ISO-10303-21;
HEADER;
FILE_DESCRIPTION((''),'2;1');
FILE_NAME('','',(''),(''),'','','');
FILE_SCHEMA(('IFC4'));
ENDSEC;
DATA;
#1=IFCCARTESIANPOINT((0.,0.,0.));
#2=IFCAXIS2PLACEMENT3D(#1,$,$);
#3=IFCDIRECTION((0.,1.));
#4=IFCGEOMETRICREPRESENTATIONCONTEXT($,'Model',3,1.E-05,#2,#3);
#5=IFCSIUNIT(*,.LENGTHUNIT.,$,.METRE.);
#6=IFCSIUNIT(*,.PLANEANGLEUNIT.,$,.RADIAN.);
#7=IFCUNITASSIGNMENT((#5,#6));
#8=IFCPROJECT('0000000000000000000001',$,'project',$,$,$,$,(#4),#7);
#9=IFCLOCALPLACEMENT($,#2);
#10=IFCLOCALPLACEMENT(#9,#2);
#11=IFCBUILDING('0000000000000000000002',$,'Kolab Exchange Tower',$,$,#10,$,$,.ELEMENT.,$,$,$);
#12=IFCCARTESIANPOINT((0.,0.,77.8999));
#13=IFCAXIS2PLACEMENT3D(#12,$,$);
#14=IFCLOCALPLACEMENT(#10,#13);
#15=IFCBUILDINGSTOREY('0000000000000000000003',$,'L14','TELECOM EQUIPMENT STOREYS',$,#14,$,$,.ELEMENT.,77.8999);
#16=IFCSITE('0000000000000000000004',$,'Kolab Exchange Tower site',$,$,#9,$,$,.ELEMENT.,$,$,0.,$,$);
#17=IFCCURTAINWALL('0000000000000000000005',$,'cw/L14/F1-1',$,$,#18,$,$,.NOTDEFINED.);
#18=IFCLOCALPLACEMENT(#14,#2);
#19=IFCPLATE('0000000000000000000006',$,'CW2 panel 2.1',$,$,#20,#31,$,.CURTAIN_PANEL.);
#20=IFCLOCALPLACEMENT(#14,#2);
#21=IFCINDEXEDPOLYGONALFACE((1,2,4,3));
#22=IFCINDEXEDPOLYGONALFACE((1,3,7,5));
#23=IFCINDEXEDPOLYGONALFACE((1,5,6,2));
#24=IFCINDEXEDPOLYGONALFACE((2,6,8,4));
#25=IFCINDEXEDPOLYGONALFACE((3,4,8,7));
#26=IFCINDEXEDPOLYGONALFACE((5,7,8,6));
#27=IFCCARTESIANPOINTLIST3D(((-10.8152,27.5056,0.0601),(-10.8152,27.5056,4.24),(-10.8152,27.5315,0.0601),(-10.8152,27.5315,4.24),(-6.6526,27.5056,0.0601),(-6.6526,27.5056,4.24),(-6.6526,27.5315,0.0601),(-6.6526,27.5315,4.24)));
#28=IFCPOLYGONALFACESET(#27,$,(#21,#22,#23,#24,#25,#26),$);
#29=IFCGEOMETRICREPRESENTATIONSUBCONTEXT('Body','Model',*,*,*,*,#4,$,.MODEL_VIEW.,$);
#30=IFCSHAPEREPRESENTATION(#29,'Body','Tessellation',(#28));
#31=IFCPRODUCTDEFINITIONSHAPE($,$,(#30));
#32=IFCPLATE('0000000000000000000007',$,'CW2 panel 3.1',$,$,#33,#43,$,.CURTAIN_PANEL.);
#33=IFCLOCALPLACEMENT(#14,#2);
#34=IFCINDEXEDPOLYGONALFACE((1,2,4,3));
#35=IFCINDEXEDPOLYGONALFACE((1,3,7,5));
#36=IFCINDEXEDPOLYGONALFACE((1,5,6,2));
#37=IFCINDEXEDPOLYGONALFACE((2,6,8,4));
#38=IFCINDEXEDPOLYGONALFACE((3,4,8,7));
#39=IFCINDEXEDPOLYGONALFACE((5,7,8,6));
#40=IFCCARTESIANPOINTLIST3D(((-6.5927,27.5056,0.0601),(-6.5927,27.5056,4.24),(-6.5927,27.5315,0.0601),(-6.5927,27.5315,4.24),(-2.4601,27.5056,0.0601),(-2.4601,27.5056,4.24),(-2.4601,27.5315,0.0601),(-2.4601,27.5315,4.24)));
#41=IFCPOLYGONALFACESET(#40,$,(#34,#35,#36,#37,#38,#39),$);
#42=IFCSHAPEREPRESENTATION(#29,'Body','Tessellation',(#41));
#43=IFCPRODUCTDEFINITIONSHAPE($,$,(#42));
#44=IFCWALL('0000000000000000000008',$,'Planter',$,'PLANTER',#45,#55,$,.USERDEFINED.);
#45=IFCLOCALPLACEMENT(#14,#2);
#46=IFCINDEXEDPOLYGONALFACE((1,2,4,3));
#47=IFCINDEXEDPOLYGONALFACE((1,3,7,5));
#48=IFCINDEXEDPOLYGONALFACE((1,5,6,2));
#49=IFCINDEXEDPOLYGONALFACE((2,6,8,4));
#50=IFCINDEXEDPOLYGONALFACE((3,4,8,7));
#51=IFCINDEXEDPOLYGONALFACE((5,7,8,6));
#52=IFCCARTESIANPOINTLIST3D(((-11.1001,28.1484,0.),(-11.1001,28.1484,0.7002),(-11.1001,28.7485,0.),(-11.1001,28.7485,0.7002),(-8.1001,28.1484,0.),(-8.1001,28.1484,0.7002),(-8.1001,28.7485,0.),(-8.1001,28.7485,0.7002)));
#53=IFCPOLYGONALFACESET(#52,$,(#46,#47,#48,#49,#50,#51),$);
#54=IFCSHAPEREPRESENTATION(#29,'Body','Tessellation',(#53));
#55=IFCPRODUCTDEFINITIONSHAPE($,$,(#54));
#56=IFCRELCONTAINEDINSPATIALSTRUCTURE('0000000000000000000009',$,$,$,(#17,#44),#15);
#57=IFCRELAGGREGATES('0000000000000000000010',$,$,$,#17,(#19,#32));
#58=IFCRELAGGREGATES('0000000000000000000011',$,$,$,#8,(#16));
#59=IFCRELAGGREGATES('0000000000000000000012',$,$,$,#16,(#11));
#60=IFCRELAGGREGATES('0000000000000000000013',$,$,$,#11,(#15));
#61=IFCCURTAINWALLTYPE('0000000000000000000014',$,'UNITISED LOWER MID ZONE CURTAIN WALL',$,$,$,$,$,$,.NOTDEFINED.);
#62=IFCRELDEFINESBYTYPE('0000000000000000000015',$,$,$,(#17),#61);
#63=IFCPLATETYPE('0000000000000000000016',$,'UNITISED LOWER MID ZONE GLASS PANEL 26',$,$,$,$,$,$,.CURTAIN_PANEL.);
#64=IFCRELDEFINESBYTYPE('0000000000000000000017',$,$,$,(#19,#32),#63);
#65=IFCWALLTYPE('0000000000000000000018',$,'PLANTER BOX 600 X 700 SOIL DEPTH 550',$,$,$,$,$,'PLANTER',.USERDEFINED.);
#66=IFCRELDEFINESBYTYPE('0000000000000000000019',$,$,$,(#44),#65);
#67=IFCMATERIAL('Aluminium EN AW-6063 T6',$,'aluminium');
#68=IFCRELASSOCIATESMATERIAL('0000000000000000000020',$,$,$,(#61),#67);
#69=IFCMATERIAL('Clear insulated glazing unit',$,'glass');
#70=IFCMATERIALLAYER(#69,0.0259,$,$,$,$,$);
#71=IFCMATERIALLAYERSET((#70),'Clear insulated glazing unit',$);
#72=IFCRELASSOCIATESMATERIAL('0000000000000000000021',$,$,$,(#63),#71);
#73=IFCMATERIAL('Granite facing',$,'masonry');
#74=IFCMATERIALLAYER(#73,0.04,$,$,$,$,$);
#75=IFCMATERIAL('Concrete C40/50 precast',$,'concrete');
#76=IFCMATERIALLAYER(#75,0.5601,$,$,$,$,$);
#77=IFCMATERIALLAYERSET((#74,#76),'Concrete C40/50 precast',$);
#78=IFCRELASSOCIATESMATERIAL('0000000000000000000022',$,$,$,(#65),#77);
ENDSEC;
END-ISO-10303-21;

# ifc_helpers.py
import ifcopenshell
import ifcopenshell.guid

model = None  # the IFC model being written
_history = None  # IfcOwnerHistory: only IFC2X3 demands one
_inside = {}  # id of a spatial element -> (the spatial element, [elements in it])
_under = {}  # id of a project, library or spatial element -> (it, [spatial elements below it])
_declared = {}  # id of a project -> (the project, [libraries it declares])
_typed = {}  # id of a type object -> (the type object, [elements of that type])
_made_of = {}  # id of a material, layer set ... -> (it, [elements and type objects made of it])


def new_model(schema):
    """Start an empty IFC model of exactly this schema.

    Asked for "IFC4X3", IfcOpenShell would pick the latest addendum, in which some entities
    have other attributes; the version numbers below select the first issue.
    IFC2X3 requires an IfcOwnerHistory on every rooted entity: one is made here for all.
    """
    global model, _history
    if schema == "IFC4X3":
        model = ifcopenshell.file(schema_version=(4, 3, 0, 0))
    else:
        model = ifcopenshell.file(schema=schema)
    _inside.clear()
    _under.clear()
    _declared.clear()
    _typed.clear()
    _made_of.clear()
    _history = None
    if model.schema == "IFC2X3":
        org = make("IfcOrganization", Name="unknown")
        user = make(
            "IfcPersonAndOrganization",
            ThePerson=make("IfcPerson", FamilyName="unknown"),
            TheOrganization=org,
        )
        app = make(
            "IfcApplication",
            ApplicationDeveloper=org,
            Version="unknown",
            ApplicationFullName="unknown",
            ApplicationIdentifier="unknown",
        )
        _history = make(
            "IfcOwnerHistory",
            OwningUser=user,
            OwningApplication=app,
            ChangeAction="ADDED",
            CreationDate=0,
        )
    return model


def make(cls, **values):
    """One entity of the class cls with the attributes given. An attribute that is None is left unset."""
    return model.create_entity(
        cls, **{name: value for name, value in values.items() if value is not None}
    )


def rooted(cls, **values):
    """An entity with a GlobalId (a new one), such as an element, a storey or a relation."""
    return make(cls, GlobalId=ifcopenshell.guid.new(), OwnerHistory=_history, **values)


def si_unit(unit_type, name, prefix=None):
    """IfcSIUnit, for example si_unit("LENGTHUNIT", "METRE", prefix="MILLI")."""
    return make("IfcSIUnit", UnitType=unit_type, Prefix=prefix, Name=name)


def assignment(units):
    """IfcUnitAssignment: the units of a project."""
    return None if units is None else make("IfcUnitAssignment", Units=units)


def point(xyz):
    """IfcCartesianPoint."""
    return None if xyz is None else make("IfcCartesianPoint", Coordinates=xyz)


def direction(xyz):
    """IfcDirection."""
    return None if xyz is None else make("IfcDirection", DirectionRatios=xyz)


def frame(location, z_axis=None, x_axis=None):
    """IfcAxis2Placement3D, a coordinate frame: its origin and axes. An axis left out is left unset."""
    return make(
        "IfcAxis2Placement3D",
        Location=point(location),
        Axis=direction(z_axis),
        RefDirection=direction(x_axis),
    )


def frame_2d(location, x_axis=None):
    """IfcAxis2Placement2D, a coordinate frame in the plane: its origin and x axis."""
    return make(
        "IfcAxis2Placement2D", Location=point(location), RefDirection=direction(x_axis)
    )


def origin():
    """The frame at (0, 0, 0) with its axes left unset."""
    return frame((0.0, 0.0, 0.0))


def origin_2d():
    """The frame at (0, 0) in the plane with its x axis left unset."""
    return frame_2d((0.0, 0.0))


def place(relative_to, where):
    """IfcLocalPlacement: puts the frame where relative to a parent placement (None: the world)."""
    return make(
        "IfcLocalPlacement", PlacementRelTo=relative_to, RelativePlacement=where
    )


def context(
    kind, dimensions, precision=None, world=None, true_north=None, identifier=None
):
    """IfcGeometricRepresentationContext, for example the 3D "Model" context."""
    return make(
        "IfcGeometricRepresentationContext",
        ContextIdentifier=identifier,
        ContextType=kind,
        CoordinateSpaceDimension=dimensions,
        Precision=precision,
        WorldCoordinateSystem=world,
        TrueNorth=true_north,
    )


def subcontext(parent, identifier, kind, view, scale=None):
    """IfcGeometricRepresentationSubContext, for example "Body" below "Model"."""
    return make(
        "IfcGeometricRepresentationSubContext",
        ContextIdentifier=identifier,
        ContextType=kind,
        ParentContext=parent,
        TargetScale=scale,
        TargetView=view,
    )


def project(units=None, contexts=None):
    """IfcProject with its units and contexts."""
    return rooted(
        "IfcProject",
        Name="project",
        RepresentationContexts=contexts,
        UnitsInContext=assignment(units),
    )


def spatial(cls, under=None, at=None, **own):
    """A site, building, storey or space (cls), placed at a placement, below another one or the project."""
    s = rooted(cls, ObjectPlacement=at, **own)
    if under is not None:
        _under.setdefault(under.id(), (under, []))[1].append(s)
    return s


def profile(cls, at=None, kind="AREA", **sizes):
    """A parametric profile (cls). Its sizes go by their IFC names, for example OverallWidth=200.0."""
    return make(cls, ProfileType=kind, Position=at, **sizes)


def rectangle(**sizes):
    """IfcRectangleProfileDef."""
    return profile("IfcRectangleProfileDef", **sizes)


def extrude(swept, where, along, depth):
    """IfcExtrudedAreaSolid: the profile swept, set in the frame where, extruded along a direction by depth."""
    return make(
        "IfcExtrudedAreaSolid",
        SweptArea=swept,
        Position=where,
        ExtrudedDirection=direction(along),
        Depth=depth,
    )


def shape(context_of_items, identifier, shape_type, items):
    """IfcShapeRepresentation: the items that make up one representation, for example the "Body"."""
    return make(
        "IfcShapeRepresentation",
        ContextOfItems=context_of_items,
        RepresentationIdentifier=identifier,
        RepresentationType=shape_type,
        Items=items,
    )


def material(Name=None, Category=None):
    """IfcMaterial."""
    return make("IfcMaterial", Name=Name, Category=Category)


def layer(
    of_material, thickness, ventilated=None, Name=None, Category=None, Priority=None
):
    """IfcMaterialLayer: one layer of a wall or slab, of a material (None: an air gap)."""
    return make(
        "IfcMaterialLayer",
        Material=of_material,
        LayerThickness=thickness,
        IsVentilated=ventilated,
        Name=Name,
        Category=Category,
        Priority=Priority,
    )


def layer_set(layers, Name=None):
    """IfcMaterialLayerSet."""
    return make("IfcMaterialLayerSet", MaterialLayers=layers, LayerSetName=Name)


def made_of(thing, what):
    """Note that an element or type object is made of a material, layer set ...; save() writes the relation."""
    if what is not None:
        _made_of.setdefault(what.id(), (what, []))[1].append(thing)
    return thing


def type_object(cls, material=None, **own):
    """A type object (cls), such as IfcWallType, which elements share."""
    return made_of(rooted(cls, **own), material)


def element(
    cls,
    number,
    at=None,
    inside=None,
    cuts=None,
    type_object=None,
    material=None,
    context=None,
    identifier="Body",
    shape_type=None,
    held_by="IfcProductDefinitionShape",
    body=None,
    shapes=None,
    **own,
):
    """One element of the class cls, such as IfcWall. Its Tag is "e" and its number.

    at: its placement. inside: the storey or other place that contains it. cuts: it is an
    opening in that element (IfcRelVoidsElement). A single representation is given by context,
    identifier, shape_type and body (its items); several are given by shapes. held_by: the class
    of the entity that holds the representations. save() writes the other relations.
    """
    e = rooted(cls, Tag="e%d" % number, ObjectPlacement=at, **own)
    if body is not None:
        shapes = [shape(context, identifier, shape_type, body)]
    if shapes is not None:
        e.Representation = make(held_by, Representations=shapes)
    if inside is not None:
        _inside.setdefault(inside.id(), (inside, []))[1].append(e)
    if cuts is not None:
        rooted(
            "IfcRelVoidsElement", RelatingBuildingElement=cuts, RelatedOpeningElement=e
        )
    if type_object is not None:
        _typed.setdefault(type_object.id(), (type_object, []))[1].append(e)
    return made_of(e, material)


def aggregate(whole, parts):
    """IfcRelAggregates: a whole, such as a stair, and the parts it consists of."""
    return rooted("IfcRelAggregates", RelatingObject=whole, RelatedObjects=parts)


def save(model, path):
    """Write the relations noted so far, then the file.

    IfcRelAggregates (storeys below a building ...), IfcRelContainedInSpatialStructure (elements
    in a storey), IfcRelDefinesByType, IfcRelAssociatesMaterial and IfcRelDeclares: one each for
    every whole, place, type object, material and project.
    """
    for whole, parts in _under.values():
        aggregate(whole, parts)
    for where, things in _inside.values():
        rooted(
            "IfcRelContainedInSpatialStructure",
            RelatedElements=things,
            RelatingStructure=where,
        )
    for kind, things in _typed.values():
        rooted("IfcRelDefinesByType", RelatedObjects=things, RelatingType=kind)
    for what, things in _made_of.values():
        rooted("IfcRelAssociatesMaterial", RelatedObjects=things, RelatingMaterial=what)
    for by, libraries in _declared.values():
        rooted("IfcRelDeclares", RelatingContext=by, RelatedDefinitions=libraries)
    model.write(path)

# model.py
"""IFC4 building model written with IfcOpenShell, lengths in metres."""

from ifc_helpers import new_model, si_unit, direction, frame, frame_2d, origin, origin_2d, place, context, subcontext, project, spatial, rectangle, extrude, material, layer, layer_set, type_object, element, aggregate, save


model = new_model("IFC4")

# Units and contexts
model_context = context("Model", 3, precision=1e-05, world=origin(), true_north=direction((0.0, 1.0)))
body_context = subcontext(model_context, "Body", "Model", "MODEL_VIEW")
ifc_project = project(units=[si_unit("LENGTHUNIT", "METRE"), si_unit("PLANEANGLEUNIT", "RADIAN")], contexts=[model_context])

# Site, building, storey
site_placement = place(None, origin())
site = spatial("IfcSite", under=ifc_project, at=site_placement, Name="Kolab Exchange Tower site", CompositionType="ELEMENT", RefElevation=0.0)
building_placement = place(site_placement, origin())
building = spatial("IfcBuilding", under=site, at=building_placement, Name="Kolab Exchange Tower", CompositionType="ELEMENT")
storey_placement = place(building_placement, frame((0.0, 0.0, 77.8999)))
storey = spatial("IfcBuildingStorey", under=building, at=storey_placement, Name="L14", Description="TELECOM EQUIPMENT STOREYS", CompositionType="ELEMENT", Elevation=77.8999)

# Curtain wall, plates
ifc_material_1 = material(Name="Aluminium EN AW-6063 T6", Category="aluminium")
curtain_wall_type = type_object("IfcCurtainWallType", Name="UNITISED LOWER MID ZONE CURTAIN WALL", PredefinedType="NOTDEFINED", material=ifc_material_1)
curtain_wall_placement = place(storey_placement, origin())
curtain_wall = element("IfcCurtainWall", 1, at=curtain_wall_placement, inside=storey, type_object=curtain_wall_type, Name="cw/L14/F1-1", PredefinedType="NOTDEFINED")
ifc_material_2 = material(Name="Clear insulated glazing unit", Category="glass")
ifc_layer_1 = layer(ifc_material_2, 0.0259)
ifc_layer_set_1 = layer_set([ifc_layer_1], Name="Clear insulated glazing unit")
plate_type = type_object("IfcPlateType", Name="UNITISED LOWER MID ZONE GLASS PANEL 26", PredefinedType="CURTAIN_PANEL", material=ifc_layer_set_1)
plate_1_placement = place(storey_placement, frame((-8.7339, 27.5186, 0.0601), z_axis=(0.0, 0.0, 1.0), x_axis=(1.0, 0.0, 0.0)))
plate_1 = element("IfcPlate", 2, at=plate_1_placement, type_object=plate_type, Name="CW2 panel 2.1", PredefinedType="CURTAIN_PANEL", context=body_context, shape_type="SweptSolid", body=[
    extrude(rectangle(XDim=4.1626, YDim=0.0259, at=origin_2d()), origin(), (0.0, 0.0, 1.0), 4.1799),
])
plate_2_placement = place(storey_placement, frame((-4.5264, 27.5186, 0.0601), z_axis=(0.0, 0.0, 1.0), x_axis=(1.0, 0.0, 0.0)))
plate_2 = element("IfcPlate", 3, at=plate_2_placement, type_object=plate_type, Name="CW2 panel 3.1", PredefinedType="CURTAIN_PANEL", context=body_context, shape_type="SweptSolid", body=[
    extrude(rectangle(XDim=4.1326, YDim=0.0259, at=origin_2d()), origin(), (0.0, 0.0, 1.0), 4.1799),
])
aggregate(curtain_wall, [plate_1, plate_2])

# Wall
ifc_material_3 = material(Name="Granite facing", Category="masonry")
ifc_layer_2 = layer(ifc_material_3, 0.04)
ifc_material_4 = material(Name="Concrete C40/50 precast", Category="concrete")
ifc_layer_3 = layer(ifc_material_4, 0.5601)
ifc_layer_set_2 = layer_set([ifc_layer_2, ifc_layer_3], Name="Concrete C40/50 precast")
wall_type_1 = type_object("IfcWallType", Name="PLANTER BOX 600 X 700 SOIL DEPTH 550", ElementType="PLANTER", PredefinedType="USERDEFINED", material=ifc_layer_set_2)
wall_1_placement = place(storey_placement, frame((-11.1001, 28.4485, 0.0), z_axis=(0.0, 0.0, 1.0), x_axis=(1.0, 0.0, 0.0)))
element("IfcWall", 4, at=wall_1_placement, inside=storey, type_object=wall_type_1, Name="Planter", ObjectType="PLANTER", PredefinedType="USERDEFINED", context=body_context, shape_type="SweptSolid", body=[
    extrude(rectangle(XDim=3.0, YDim=0.6001, at=frame_2d((1.5, 0.0))), origin(), (0.0, 0.0, 1.0), 0.7002),
])

save(model, "model.ifc")
